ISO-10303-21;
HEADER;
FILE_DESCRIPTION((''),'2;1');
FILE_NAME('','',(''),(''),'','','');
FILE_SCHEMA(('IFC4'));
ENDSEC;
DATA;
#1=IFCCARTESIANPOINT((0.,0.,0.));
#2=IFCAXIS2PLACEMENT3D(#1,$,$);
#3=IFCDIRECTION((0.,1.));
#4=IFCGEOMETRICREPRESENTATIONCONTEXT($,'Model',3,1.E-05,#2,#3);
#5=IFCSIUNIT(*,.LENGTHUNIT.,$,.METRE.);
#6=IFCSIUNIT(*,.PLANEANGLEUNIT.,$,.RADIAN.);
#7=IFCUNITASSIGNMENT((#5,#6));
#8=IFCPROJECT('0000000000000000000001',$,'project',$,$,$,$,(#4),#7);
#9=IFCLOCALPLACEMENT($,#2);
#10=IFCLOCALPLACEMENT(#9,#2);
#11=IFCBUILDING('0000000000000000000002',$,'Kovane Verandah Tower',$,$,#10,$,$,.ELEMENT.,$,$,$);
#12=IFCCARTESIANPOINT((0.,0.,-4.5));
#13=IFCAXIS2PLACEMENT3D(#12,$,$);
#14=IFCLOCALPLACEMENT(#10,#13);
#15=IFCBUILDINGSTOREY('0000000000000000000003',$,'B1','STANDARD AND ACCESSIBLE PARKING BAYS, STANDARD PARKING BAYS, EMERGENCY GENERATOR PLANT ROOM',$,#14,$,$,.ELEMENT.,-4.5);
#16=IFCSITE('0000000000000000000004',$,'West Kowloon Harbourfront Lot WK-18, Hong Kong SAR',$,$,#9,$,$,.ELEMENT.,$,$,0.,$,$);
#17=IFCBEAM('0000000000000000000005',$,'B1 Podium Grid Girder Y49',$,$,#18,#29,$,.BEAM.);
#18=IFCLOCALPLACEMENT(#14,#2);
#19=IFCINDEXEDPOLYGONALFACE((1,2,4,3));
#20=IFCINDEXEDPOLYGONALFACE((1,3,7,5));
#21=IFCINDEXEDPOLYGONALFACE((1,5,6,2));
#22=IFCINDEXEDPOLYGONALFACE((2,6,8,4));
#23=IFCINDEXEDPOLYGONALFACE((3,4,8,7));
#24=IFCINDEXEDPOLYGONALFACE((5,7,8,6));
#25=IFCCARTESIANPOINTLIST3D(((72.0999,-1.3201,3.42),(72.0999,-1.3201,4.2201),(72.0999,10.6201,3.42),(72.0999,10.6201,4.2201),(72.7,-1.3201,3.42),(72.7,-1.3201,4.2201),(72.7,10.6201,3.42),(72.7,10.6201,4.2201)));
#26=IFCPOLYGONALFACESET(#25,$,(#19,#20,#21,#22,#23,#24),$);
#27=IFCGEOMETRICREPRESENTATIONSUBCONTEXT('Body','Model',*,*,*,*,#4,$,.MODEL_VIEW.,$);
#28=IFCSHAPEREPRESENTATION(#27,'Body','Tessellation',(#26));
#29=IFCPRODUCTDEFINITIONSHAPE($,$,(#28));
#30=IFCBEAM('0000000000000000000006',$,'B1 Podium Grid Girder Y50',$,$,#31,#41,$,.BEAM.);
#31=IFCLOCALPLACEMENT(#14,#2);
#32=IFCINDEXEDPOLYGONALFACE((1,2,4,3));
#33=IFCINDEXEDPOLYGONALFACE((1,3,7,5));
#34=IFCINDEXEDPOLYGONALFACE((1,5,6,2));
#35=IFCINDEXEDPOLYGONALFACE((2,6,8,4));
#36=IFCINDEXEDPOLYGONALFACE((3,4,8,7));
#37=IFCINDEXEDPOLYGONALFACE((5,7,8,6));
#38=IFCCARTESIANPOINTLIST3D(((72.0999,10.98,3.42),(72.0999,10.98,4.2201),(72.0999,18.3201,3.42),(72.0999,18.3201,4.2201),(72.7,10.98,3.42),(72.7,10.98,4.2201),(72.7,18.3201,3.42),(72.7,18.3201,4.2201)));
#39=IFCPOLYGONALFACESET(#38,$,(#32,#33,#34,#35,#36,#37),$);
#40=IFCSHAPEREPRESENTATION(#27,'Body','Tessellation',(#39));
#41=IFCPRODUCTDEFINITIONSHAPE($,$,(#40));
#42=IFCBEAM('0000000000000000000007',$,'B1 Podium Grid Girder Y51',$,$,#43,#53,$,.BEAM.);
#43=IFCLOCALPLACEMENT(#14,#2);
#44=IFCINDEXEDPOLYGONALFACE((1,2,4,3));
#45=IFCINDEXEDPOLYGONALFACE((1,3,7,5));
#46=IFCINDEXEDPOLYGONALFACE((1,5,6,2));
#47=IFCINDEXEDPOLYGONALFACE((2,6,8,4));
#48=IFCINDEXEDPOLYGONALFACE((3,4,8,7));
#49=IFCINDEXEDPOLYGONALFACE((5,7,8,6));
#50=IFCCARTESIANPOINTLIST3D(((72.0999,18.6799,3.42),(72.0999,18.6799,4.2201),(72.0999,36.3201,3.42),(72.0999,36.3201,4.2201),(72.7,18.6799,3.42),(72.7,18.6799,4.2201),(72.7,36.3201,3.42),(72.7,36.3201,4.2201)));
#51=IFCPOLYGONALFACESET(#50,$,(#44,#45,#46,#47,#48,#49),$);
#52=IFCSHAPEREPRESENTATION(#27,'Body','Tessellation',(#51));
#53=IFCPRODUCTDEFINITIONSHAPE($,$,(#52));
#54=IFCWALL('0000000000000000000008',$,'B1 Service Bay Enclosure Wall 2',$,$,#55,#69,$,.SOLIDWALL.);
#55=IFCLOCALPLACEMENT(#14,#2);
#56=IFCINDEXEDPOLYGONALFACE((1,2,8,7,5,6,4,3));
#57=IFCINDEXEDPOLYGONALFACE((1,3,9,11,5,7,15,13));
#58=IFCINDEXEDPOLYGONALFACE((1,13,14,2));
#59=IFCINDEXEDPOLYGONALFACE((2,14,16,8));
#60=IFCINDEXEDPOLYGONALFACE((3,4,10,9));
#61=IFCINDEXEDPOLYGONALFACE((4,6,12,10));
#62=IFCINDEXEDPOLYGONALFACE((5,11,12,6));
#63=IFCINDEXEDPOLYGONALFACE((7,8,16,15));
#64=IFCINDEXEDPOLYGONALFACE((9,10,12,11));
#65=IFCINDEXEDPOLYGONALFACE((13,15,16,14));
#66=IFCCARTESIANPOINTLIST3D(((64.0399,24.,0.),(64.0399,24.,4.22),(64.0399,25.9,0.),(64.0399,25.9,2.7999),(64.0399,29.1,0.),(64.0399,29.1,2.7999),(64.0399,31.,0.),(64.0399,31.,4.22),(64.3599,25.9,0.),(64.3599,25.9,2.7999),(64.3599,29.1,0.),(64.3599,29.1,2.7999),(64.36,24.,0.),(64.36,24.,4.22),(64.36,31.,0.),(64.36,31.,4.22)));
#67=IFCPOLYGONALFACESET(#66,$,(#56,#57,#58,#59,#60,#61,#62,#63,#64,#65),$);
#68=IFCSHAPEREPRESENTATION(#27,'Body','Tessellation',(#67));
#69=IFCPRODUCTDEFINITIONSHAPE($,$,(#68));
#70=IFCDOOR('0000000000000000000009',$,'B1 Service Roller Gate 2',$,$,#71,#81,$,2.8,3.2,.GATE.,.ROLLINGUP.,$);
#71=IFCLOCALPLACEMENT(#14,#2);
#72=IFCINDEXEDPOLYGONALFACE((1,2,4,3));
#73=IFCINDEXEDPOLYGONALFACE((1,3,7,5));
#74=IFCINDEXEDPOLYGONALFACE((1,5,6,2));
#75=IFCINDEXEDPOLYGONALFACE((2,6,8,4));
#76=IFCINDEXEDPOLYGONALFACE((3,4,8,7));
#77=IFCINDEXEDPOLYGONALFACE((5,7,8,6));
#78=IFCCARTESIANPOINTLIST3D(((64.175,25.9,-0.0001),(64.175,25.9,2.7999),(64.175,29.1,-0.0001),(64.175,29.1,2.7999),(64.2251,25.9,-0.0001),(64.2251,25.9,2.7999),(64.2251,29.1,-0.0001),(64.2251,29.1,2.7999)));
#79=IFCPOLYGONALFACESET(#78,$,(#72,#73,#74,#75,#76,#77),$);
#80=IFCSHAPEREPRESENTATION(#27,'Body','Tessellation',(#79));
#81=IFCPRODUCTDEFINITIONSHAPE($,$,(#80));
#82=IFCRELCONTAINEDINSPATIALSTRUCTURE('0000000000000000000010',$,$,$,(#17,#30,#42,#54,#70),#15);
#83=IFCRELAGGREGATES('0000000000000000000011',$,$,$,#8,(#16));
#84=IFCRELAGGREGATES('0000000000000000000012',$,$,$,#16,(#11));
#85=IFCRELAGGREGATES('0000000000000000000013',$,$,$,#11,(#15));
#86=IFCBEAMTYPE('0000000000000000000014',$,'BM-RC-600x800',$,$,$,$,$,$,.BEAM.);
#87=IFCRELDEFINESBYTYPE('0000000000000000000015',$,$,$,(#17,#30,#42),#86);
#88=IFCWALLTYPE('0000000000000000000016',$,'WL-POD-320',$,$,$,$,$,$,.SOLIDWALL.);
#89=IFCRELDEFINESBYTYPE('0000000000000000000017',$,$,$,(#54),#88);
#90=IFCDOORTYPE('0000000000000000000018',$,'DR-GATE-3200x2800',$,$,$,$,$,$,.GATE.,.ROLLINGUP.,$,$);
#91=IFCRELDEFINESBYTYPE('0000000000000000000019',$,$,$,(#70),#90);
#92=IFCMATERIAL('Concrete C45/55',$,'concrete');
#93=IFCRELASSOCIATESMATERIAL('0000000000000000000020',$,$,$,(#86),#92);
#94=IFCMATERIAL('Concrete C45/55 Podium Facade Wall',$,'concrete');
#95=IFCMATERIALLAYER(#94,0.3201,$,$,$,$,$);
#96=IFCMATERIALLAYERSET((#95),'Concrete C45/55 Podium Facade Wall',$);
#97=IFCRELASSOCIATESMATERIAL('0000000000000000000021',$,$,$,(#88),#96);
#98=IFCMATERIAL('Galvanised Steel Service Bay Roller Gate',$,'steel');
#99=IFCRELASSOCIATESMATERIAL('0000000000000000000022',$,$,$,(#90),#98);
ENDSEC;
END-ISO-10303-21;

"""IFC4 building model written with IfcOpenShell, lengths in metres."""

from ifc_helpers import new_model, si_unit, direction, frame, frame_2d, origin, origin_2d, place, context, subcontext, project, spatial, rectangle, extrude, material, layer, layer_set, material_profile, profile_set, type_object, element, fill, save


model = new_model("IFC4")

# Units and contexts
model_context = context("Model", 3, precision=1e-05, world=origin(), true_north=direction((0.0, 1.0)))
body_context = subcontext(model_context, "Body", "Model", "MODEL_VIEW")
ifc_project = project(units=[si_unit("LENGTHUNIT", "METRE"), si_unit("PLANEANGLEUNIT", "RADIAN")], contexts=[model_context])

# Site, building, storey
site_placement = place(None, origin())
site = spatial("IfcSite", under=ifc_project, at=site_placement, Name="West Kowloon Harbourfront Lot WK-18, Hong Kong SAR", CompositionType="ELEMENT", RefElevation=0.0)
building_placement = place(site_placement, origin())
building = spatial("IfcBuilding", under=site, at=building_placement, Name="Kovane Verandah Tower", CompositionType="ELEMENT")
storey_placement = place(building_placement, frame((0.0, 0.0, -4.5)))
storey = spatial("IfcBuildingStorey", under=building, at=storey_placement, Name="B1", Description="STANDARD AND ACCESSIBLE PARKING BAYS, STANDARD PARKING BAYS, EMERGENCY GENERATOR PLANT ROOM", CompositionType="ELEMENT", Elevation=-4.5)

# Beams
ifc_material_1 = material(Name="Concrete C45/55", Category="concrete")
ifc_material_profile_1 = material_profile(ifc_material_1, rectangle(XDim=0.6001, YDim=0.8, at=origin_2d()), Name="RCB600x800")
ifc_profile_set_1 = profile_set([ifc_material_profile_1], Name="Concrete C45/55")
beam_type_1 = type_object("IfcBeamType", Name="BM-RC-600x800", PredefinedType="BEAM", material=ifc_profile_set_1)
for number, where, z_axis, x_axis, name in (
    (1, (72.3999, -1.3201, 3.8201), (0.0, 1.0, 0.0), (-1.0, 0.0, 0.0), "B1 Podium Grid Girder Y49"),
):
    element("IfcBeam", number, at=place(storey_placement, frame(where, z_axis=z_axis, x_axis=x_axis)), inside=storey, type_object=beam_type_1, Name=name, PredefinedType="BEAM", context=body_context, shape_type="SweptSolid", body=[
        extrude(rectangle(XDim=0.6001, YDim=0.8, at=origin_2d()), origin(), (0.0, 0.0, 1.0), 11.9402),
    ])
beam_1_placement = place(storey_placement, frame((72.3999, 10.98, 3.8201), z_axis=(0.0, 1.0, 0.0), x_axis=(-1.0, 0.0, 0.0)))
element("IfcBeam", 2, at=beam_1_placement, inside=storey, type_object=beam_type_1, Name="B1 Podium Grid Girder Y50", PredefinedType="BEAM", context=body_context, shape_type="SweptSolid", body=[
    extrude(rectangle(XDim=0.6001, YDim=0.8, at=origin_2d()), origin(), (0.0, 0.0, 1.0), 7.3401),
])
beam_2_placement = place(storey_placement, frame((72.3999, 18.6799, 3.8201), z_axis=(0.0, 1.0, 0.0), x_axis=(-1.0, 0.0, 0.0)))
element("IfcBeam", 3, at=beam_2_placement, inside=storey, type_object=beam_type_1, Name="B1 Podium Grid Girder Y51", PredefinedType="BEAM", context=body_context, shape_type="SweptSolid", body=[
    extrude(rectangle(XDim=0.6001, YDim=0.8, at=origin_2d()), origin(), (0.0, 0.0, 1.0), 17.6401),
])

# Wall, opening, door
ifc_material_2 = material(Name="Concrete C45/55 Podium Facade Wall", Category="concrete")
ifc_layer = layer(ifc_material_2, 0.3201)
ifc_layer_set = layer_set([ifc_layer], Name="Concrete C45/55 Podium Facade Wall")
wall_type = type_object("IfcWallType", Name="WL-POD-320", PredefinedType="SOLIDWALL", material=ifc_layer_set)
wall_placement = place(storey_placement, frame((64.2, 24.0, 0.0), z_axis=(0.0, 0.0, 1.0), x_axis=(0.0, 1.0, 0.0)))
wall = element("IfcWall", 4, at=wall_placement, inside=storey, type_object=wall_type, Name="B1 Service Bay Enclosure Wall 2", PredefinedType="SOLIDWALL", context=body_context, shape_type="SweptSolid", body=[
    extrude(rectangle(XDim=7.0, YDim=0.3201, at=frame_2d((3.5, 0.0))), origin(), (0.0, 0.0, 1.0), 4.22),
])
opening_placement = place(wall_placement, frame((1.8999, 0.0, 0.0)))
opening = element("IfcOpeningElement", 5, at=opening_placement, cuts=wall, PredefinedType="OPENING", context=body_context, shape_type="SweptSolid", body=[
    extrude(rectangle(XDim=3.2, YDim=2.8, at=frame_2d((1.6001, 1.3999))), frame((0.0, 0.1602, 0.0), z_axis=(0.0, -1.0, 0.0), x_axis=(1.0, 0.0, 0.0)), (0.0, 0.0, 1.0), 0.3201),
])
ifc_material_3 = material(Name="Galvanised Steel Service Bay Roller Gate", Category="steel")
door_type = type_object("IfcDoorType", Name="DR-GATE-3200x2800", OperationType="ROLLINGUP", PredefinedType="GATE", material=ifc_material_3)
door_placement = place(opening_placement, origin())
door = element("IfcDoor", 6, at=door_placement, inside=storey, type_object=door_type, Name="B1 Service Roller Gate 2", OperationType="ROLLINGUP", OverallHeight=2.8, OverallWidth=3.2, PredefinedType="GATE", context=body_context, shape_type="SweptSolid", body=[
    extrude(rectangle(XDim=3.2, YDim=2.8, at=frame_2d((1.6001, 1.3999))), frame((0.0, 0.0249, 0.0), z_axis=(0.0, -1.0, 0.0), x_axis=(1.0, 0.0, 0.0)), (0.0, 0.0, 1.0), 0.05),
])
fill(opening, door)

save(model, "model.ifc")
